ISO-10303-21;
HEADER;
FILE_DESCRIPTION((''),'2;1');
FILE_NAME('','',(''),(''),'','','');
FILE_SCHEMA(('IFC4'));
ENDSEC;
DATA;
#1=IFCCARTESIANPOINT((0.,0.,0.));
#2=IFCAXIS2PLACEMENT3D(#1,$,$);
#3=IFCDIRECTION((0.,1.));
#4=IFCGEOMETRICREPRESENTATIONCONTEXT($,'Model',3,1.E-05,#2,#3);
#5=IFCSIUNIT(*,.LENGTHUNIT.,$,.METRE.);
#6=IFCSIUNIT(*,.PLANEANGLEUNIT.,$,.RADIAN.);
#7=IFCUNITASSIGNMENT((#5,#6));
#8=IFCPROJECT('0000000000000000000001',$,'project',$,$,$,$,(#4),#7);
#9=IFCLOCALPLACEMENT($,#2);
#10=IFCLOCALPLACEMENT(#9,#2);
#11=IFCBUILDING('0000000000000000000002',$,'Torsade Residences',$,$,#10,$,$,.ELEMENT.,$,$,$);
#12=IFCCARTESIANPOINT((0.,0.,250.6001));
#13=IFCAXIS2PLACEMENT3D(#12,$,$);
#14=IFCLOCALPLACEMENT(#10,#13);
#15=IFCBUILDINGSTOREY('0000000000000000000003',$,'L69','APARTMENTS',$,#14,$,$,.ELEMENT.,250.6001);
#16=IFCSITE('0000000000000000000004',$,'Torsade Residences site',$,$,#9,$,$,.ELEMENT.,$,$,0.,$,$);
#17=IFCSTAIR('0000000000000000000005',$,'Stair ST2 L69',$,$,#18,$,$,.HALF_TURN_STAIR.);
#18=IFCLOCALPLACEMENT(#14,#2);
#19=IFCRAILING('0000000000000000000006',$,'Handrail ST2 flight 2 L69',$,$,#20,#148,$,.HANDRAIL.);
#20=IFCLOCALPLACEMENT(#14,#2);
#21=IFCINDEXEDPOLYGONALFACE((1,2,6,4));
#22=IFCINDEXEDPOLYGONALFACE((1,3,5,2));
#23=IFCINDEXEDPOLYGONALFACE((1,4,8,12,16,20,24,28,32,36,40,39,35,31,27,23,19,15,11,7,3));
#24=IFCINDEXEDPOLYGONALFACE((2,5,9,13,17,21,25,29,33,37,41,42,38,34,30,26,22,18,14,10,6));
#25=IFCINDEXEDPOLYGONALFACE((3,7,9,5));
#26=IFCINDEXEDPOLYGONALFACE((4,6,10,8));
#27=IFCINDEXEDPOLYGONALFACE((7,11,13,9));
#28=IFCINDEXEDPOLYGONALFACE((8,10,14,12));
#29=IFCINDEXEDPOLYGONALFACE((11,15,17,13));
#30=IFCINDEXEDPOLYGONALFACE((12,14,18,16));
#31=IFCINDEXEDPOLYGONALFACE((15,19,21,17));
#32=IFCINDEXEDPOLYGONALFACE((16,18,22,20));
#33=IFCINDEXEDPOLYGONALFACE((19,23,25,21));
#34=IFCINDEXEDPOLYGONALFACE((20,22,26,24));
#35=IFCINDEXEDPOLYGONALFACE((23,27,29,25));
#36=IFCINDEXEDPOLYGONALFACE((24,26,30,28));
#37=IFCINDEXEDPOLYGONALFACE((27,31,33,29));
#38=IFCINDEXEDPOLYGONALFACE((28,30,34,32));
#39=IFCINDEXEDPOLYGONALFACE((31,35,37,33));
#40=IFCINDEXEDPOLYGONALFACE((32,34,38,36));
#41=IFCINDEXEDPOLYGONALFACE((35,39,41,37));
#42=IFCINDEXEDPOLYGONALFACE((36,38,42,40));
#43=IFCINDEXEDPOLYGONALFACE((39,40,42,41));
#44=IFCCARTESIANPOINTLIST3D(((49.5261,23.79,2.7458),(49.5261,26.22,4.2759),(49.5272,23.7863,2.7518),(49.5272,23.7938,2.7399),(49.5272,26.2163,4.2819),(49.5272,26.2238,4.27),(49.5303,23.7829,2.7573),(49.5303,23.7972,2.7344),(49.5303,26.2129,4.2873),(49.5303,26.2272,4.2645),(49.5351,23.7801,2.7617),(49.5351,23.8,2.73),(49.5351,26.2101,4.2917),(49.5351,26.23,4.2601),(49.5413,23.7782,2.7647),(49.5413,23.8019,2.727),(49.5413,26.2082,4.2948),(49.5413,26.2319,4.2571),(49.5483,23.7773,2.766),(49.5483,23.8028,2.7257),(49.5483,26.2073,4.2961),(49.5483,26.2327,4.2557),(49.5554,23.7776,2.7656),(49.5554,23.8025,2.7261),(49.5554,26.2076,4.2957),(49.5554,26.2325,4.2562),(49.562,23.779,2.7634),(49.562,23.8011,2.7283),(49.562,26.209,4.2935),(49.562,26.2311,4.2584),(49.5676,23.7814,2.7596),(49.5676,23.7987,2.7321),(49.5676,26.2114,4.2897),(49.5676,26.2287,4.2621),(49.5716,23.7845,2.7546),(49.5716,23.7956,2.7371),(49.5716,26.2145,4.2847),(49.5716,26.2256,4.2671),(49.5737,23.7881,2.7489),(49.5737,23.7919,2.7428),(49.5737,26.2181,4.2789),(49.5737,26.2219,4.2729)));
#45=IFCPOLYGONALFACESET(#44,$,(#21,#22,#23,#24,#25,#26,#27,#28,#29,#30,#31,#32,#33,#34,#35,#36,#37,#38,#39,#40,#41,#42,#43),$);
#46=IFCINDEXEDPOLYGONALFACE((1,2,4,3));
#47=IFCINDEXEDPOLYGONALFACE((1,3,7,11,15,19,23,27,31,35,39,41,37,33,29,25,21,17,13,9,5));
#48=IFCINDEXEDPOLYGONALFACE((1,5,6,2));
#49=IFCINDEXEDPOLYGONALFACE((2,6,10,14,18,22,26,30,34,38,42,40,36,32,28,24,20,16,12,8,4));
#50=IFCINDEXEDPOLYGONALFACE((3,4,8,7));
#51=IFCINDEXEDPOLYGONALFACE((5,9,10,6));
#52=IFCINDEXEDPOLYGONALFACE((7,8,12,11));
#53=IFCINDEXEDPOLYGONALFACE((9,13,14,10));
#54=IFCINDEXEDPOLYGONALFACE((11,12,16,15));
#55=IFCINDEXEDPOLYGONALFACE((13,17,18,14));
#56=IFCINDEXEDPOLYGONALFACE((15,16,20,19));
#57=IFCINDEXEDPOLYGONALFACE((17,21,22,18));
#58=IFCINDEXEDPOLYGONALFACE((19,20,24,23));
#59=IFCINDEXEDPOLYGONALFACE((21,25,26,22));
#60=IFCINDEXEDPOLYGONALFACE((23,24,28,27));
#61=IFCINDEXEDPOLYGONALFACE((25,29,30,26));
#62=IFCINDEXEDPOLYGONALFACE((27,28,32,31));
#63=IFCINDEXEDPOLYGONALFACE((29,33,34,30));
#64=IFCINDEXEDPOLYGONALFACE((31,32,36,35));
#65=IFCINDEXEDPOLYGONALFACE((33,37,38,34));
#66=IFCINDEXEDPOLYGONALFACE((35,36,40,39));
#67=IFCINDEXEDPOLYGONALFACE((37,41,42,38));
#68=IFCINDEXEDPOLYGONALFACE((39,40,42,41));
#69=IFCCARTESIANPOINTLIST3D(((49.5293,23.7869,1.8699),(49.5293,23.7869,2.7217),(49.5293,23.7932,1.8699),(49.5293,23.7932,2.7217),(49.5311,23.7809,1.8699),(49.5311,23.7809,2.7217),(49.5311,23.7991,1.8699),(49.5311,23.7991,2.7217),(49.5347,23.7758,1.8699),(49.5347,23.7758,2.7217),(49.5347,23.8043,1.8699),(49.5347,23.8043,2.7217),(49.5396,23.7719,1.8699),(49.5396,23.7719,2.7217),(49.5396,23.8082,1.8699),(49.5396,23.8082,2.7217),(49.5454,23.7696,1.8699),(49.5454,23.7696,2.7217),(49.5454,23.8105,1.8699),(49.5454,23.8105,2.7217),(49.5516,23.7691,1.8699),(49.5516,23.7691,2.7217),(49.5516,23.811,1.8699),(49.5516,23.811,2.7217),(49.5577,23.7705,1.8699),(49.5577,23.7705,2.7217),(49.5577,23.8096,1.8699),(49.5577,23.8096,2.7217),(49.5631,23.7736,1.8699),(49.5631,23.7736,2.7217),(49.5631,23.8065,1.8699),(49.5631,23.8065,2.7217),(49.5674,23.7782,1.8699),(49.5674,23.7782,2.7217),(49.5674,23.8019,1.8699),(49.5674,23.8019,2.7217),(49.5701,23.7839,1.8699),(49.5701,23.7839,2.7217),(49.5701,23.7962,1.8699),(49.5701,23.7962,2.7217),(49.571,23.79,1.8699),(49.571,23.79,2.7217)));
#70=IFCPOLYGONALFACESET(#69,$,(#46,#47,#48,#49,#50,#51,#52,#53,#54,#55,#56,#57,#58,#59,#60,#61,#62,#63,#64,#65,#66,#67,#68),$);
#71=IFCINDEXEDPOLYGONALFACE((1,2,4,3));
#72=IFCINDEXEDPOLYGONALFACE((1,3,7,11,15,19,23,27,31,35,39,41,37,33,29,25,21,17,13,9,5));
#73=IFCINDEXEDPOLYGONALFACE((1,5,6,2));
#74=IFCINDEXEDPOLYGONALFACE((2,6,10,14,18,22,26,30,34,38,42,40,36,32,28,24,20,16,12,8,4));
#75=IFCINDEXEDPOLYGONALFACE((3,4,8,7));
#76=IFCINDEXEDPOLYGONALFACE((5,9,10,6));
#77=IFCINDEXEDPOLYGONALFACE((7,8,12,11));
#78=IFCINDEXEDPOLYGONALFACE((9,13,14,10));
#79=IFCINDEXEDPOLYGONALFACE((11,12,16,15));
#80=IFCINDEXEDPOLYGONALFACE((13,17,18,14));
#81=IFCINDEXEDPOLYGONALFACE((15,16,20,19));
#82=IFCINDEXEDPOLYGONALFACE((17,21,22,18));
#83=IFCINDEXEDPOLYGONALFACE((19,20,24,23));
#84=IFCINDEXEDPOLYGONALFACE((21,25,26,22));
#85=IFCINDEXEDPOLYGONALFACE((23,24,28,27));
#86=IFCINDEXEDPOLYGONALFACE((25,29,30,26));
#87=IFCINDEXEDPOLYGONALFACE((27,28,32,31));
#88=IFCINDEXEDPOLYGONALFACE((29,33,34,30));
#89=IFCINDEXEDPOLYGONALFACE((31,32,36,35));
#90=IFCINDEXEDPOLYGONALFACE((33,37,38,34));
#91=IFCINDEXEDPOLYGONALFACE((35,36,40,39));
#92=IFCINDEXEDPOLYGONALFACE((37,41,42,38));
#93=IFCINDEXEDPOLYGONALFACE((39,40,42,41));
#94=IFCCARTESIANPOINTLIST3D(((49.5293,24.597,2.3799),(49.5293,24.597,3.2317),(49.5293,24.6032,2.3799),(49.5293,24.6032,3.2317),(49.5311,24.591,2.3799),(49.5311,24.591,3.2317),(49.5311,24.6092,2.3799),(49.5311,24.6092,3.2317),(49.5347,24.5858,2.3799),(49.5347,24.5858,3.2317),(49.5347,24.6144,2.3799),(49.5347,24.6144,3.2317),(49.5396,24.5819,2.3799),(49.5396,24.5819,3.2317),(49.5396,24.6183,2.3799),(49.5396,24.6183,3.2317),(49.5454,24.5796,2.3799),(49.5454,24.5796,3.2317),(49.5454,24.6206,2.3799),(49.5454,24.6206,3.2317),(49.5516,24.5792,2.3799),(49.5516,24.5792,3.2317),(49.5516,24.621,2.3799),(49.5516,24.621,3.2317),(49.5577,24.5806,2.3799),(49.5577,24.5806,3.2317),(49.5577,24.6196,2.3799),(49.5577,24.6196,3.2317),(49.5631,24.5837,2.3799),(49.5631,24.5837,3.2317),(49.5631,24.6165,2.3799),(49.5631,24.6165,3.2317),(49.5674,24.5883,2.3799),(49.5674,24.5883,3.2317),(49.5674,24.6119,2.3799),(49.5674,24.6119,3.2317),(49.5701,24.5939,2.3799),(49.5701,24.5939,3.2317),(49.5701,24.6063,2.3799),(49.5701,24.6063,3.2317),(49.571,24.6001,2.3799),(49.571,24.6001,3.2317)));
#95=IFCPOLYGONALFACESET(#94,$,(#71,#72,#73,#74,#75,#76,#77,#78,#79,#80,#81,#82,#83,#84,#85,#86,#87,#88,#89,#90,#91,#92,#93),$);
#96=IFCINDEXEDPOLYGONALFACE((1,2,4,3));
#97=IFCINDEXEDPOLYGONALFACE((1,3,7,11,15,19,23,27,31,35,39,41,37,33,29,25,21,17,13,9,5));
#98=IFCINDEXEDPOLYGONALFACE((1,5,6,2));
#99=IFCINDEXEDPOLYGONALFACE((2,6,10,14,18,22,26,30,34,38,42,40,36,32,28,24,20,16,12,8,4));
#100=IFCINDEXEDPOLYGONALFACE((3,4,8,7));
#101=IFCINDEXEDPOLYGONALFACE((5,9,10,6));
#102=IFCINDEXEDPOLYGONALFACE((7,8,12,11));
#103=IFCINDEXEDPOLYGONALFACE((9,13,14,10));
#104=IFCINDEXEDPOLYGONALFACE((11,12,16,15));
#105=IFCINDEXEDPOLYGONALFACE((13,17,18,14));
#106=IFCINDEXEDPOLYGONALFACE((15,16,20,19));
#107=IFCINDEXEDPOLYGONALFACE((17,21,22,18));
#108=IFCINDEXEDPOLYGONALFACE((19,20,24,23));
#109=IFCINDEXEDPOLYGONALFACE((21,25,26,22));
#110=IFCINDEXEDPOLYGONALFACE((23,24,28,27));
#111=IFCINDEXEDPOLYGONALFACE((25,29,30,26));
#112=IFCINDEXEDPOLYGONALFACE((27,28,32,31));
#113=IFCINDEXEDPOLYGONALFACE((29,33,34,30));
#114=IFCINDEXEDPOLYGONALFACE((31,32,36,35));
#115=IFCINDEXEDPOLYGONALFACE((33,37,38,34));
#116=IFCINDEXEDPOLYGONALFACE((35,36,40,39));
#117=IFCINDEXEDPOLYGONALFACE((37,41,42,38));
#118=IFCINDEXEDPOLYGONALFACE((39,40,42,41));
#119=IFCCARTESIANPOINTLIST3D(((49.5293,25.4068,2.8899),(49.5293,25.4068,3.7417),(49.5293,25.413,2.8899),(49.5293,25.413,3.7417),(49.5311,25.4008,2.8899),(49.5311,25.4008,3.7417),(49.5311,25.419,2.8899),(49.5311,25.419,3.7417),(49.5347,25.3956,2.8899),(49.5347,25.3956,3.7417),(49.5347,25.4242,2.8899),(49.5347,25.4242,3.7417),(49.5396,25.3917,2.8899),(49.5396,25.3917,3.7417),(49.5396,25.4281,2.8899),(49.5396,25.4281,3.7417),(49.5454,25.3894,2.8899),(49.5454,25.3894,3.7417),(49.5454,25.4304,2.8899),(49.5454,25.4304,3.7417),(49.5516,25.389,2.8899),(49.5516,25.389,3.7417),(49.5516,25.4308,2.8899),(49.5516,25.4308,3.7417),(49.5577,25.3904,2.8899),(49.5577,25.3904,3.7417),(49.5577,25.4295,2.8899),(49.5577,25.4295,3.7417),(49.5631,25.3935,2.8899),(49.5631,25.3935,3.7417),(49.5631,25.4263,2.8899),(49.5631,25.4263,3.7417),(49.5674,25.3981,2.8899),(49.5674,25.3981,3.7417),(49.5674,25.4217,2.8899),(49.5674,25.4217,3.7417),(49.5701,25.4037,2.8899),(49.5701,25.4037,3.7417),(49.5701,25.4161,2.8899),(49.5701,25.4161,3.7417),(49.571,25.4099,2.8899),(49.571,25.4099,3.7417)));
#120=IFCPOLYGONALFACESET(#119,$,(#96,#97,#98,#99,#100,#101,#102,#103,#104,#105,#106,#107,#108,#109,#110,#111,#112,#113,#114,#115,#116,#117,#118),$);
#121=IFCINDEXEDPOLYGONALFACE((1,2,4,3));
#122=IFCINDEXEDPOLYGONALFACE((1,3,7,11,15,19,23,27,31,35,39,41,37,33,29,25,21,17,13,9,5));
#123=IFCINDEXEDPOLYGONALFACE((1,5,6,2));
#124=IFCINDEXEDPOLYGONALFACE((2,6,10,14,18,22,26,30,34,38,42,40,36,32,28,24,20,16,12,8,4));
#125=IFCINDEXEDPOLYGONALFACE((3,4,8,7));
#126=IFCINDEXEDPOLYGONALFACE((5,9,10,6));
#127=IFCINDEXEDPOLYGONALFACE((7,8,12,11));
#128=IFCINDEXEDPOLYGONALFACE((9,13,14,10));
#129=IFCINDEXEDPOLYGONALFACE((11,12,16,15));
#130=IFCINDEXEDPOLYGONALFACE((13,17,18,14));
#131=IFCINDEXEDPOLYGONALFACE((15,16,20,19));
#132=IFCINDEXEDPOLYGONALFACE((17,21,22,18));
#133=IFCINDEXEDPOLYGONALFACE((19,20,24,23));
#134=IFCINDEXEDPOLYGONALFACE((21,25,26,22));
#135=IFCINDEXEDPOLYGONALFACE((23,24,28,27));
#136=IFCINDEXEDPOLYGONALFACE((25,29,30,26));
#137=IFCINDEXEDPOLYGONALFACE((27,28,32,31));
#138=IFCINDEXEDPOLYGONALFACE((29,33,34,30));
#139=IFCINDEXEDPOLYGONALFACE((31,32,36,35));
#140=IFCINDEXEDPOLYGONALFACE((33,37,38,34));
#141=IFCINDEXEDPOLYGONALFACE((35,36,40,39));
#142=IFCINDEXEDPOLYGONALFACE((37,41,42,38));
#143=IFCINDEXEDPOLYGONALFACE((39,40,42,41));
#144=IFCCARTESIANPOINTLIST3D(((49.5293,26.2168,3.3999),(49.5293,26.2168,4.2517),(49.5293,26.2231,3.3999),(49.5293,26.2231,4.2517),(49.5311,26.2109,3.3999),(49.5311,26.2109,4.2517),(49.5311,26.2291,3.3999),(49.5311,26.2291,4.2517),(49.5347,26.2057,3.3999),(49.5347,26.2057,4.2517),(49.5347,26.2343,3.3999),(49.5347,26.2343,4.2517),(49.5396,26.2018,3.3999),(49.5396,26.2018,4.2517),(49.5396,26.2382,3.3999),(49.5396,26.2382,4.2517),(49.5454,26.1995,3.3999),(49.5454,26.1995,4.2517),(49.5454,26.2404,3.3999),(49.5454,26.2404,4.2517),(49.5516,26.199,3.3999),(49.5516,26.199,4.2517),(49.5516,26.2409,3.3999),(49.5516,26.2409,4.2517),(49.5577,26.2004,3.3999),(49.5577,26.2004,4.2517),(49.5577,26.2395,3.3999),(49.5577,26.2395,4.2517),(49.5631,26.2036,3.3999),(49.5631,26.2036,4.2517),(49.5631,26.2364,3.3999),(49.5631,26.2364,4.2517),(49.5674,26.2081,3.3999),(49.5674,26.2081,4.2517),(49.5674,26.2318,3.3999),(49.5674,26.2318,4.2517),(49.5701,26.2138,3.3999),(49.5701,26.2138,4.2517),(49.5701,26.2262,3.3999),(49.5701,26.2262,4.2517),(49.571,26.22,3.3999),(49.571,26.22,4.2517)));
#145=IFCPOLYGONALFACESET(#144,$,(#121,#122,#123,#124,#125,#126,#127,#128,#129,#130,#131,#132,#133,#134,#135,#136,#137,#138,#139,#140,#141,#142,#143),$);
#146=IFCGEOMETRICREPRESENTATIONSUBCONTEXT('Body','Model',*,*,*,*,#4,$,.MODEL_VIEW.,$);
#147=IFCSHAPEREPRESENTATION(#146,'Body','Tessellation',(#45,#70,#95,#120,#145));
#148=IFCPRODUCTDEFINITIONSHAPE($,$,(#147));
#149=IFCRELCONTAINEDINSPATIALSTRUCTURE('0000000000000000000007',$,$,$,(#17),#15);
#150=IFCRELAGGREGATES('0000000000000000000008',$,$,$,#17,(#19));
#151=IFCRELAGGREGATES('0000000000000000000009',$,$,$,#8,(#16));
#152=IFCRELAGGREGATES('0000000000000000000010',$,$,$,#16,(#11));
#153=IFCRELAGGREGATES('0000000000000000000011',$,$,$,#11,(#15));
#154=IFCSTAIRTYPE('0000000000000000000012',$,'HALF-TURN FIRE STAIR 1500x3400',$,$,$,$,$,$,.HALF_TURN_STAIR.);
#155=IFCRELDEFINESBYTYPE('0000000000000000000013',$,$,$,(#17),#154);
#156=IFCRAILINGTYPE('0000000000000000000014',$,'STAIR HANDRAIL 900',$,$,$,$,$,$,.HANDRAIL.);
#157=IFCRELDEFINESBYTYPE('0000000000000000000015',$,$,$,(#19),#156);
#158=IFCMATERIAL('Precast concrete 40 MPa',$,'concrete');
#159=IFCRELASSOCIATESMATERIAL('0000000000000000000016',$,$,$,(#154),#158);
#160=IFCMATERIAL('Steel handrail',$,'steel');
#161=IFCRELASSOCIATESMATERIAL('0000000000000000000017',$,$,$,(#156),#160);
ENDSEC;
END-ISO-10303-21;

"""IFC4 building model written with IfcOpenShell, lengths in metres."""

from ifc_helpers import new_model, si_unit, direction, frame, origin, origin_2d, place, context, subcontext, project, spatial, circle, extrude, material, type_object, element, aggregate, save


model = new_model("IFC4")

# Units and contexts
model_context = context("Model", 3, precision=1e-05, world=origin(), true_north=direction((0.0, 1.0)))
body_context = subcontext(model_context, "Body", "Model", "MODEL_VIEW")
ifc_project = project(units=[si_unit("LENGTHUNIT", "METRE"), si_unit("PLANEANGLEUNIT", "RADIAN")], contexts=[model_context])

# Site, building, storey
site_placement = place(None, origin())
site = spatial("IfcSite", under=ifc_project, at=site_placement, Name="Torsade Residences site", CompositionType="ELEMENT", RefElevation=0.0)
building_placement = place(site_placement, origin())
building = spatial("IfcBuilding", under=site, at=building_placement, Name="Torsade Residences", CompositionType="ELEMENT")
storey_placement = place(building_placement, frame((0.0, 0.0, 250.6001)))
storey = spatial("IfcBuildingStorey", under=building, at=storey_placement, Name="L69", Description="APARTMENTS", CompositionType="ELEMENT", Elevation=250.6001)

# Stair, railing
ifc_material_1 = material(Name="Precast concrete 40 MPa", Category="concrete")
stair_type = type_object("IfcStairType", Name="HALF-TURN FIRE STAIR 1500x3400", PredefinedType="HALF_TURN_STAIR", material=ifc_material_1)
stair_placement = place(storey_placement, origin())
stair = element("IfcStair", 1, at=stair_placement, inside=storey, type_object=stair_type, Name="Stair ST2 L69", PredefinedType="HALF_TURN_STAIR")
ifc_material_2 = material(Name="Steel handrail", Category="steel")
railing_type = type_object("IfcRailingType", Name="STAIR HANDRAIL 900", PredefinedType="HANDRAIL", material=ifc_material_2)
railing_1_placement = place(storey_placement, frame((49.55, 23.79, 1.8699)))
railing_1 = element("IfcRailing", 2, at=railing_1_placement, type_object=railing_type, Name="Handrail ST2 flight 2 L69", PredefinedType="HANDRAIL", context=body_context, shape_type="SweptSolid", body=[
    extrude(circle(Radius=0.0239, at=origin_2d()), frame((0.0, 0.0, 0.876), z_axis=(0.0, 0.846221, 0.532831), x_axis=(-1.0, 0.0, 0.0)), (0.0, 0.0, 1.0), 2.8716),
    extrude(circle(Radius=0.021, at=origin_2d()), origin(), (0.0, 0.0, 1.0), 0.8518),
    extrude(circle(Radius=0.021, at=origin_2d()), frame((0.0, 0.8101, 0.51)), (0.0, 0.0, 1.0), 0.8518),
    extrude(circle(Radius=0.021, at=origin_2d()), frame((0.0, 1.6199, 1.02)), (0.0, 0.0, 1.0), 0.8518),
    extrude(circle(Radius=0.021, at=origin_2d()), frame((0.0, 2.4299, 1.53)), (0.0, 0.0, 1.0), 0.8518),
])
aggregate(stair, [railing_1])

save(model, "model.ifc")
